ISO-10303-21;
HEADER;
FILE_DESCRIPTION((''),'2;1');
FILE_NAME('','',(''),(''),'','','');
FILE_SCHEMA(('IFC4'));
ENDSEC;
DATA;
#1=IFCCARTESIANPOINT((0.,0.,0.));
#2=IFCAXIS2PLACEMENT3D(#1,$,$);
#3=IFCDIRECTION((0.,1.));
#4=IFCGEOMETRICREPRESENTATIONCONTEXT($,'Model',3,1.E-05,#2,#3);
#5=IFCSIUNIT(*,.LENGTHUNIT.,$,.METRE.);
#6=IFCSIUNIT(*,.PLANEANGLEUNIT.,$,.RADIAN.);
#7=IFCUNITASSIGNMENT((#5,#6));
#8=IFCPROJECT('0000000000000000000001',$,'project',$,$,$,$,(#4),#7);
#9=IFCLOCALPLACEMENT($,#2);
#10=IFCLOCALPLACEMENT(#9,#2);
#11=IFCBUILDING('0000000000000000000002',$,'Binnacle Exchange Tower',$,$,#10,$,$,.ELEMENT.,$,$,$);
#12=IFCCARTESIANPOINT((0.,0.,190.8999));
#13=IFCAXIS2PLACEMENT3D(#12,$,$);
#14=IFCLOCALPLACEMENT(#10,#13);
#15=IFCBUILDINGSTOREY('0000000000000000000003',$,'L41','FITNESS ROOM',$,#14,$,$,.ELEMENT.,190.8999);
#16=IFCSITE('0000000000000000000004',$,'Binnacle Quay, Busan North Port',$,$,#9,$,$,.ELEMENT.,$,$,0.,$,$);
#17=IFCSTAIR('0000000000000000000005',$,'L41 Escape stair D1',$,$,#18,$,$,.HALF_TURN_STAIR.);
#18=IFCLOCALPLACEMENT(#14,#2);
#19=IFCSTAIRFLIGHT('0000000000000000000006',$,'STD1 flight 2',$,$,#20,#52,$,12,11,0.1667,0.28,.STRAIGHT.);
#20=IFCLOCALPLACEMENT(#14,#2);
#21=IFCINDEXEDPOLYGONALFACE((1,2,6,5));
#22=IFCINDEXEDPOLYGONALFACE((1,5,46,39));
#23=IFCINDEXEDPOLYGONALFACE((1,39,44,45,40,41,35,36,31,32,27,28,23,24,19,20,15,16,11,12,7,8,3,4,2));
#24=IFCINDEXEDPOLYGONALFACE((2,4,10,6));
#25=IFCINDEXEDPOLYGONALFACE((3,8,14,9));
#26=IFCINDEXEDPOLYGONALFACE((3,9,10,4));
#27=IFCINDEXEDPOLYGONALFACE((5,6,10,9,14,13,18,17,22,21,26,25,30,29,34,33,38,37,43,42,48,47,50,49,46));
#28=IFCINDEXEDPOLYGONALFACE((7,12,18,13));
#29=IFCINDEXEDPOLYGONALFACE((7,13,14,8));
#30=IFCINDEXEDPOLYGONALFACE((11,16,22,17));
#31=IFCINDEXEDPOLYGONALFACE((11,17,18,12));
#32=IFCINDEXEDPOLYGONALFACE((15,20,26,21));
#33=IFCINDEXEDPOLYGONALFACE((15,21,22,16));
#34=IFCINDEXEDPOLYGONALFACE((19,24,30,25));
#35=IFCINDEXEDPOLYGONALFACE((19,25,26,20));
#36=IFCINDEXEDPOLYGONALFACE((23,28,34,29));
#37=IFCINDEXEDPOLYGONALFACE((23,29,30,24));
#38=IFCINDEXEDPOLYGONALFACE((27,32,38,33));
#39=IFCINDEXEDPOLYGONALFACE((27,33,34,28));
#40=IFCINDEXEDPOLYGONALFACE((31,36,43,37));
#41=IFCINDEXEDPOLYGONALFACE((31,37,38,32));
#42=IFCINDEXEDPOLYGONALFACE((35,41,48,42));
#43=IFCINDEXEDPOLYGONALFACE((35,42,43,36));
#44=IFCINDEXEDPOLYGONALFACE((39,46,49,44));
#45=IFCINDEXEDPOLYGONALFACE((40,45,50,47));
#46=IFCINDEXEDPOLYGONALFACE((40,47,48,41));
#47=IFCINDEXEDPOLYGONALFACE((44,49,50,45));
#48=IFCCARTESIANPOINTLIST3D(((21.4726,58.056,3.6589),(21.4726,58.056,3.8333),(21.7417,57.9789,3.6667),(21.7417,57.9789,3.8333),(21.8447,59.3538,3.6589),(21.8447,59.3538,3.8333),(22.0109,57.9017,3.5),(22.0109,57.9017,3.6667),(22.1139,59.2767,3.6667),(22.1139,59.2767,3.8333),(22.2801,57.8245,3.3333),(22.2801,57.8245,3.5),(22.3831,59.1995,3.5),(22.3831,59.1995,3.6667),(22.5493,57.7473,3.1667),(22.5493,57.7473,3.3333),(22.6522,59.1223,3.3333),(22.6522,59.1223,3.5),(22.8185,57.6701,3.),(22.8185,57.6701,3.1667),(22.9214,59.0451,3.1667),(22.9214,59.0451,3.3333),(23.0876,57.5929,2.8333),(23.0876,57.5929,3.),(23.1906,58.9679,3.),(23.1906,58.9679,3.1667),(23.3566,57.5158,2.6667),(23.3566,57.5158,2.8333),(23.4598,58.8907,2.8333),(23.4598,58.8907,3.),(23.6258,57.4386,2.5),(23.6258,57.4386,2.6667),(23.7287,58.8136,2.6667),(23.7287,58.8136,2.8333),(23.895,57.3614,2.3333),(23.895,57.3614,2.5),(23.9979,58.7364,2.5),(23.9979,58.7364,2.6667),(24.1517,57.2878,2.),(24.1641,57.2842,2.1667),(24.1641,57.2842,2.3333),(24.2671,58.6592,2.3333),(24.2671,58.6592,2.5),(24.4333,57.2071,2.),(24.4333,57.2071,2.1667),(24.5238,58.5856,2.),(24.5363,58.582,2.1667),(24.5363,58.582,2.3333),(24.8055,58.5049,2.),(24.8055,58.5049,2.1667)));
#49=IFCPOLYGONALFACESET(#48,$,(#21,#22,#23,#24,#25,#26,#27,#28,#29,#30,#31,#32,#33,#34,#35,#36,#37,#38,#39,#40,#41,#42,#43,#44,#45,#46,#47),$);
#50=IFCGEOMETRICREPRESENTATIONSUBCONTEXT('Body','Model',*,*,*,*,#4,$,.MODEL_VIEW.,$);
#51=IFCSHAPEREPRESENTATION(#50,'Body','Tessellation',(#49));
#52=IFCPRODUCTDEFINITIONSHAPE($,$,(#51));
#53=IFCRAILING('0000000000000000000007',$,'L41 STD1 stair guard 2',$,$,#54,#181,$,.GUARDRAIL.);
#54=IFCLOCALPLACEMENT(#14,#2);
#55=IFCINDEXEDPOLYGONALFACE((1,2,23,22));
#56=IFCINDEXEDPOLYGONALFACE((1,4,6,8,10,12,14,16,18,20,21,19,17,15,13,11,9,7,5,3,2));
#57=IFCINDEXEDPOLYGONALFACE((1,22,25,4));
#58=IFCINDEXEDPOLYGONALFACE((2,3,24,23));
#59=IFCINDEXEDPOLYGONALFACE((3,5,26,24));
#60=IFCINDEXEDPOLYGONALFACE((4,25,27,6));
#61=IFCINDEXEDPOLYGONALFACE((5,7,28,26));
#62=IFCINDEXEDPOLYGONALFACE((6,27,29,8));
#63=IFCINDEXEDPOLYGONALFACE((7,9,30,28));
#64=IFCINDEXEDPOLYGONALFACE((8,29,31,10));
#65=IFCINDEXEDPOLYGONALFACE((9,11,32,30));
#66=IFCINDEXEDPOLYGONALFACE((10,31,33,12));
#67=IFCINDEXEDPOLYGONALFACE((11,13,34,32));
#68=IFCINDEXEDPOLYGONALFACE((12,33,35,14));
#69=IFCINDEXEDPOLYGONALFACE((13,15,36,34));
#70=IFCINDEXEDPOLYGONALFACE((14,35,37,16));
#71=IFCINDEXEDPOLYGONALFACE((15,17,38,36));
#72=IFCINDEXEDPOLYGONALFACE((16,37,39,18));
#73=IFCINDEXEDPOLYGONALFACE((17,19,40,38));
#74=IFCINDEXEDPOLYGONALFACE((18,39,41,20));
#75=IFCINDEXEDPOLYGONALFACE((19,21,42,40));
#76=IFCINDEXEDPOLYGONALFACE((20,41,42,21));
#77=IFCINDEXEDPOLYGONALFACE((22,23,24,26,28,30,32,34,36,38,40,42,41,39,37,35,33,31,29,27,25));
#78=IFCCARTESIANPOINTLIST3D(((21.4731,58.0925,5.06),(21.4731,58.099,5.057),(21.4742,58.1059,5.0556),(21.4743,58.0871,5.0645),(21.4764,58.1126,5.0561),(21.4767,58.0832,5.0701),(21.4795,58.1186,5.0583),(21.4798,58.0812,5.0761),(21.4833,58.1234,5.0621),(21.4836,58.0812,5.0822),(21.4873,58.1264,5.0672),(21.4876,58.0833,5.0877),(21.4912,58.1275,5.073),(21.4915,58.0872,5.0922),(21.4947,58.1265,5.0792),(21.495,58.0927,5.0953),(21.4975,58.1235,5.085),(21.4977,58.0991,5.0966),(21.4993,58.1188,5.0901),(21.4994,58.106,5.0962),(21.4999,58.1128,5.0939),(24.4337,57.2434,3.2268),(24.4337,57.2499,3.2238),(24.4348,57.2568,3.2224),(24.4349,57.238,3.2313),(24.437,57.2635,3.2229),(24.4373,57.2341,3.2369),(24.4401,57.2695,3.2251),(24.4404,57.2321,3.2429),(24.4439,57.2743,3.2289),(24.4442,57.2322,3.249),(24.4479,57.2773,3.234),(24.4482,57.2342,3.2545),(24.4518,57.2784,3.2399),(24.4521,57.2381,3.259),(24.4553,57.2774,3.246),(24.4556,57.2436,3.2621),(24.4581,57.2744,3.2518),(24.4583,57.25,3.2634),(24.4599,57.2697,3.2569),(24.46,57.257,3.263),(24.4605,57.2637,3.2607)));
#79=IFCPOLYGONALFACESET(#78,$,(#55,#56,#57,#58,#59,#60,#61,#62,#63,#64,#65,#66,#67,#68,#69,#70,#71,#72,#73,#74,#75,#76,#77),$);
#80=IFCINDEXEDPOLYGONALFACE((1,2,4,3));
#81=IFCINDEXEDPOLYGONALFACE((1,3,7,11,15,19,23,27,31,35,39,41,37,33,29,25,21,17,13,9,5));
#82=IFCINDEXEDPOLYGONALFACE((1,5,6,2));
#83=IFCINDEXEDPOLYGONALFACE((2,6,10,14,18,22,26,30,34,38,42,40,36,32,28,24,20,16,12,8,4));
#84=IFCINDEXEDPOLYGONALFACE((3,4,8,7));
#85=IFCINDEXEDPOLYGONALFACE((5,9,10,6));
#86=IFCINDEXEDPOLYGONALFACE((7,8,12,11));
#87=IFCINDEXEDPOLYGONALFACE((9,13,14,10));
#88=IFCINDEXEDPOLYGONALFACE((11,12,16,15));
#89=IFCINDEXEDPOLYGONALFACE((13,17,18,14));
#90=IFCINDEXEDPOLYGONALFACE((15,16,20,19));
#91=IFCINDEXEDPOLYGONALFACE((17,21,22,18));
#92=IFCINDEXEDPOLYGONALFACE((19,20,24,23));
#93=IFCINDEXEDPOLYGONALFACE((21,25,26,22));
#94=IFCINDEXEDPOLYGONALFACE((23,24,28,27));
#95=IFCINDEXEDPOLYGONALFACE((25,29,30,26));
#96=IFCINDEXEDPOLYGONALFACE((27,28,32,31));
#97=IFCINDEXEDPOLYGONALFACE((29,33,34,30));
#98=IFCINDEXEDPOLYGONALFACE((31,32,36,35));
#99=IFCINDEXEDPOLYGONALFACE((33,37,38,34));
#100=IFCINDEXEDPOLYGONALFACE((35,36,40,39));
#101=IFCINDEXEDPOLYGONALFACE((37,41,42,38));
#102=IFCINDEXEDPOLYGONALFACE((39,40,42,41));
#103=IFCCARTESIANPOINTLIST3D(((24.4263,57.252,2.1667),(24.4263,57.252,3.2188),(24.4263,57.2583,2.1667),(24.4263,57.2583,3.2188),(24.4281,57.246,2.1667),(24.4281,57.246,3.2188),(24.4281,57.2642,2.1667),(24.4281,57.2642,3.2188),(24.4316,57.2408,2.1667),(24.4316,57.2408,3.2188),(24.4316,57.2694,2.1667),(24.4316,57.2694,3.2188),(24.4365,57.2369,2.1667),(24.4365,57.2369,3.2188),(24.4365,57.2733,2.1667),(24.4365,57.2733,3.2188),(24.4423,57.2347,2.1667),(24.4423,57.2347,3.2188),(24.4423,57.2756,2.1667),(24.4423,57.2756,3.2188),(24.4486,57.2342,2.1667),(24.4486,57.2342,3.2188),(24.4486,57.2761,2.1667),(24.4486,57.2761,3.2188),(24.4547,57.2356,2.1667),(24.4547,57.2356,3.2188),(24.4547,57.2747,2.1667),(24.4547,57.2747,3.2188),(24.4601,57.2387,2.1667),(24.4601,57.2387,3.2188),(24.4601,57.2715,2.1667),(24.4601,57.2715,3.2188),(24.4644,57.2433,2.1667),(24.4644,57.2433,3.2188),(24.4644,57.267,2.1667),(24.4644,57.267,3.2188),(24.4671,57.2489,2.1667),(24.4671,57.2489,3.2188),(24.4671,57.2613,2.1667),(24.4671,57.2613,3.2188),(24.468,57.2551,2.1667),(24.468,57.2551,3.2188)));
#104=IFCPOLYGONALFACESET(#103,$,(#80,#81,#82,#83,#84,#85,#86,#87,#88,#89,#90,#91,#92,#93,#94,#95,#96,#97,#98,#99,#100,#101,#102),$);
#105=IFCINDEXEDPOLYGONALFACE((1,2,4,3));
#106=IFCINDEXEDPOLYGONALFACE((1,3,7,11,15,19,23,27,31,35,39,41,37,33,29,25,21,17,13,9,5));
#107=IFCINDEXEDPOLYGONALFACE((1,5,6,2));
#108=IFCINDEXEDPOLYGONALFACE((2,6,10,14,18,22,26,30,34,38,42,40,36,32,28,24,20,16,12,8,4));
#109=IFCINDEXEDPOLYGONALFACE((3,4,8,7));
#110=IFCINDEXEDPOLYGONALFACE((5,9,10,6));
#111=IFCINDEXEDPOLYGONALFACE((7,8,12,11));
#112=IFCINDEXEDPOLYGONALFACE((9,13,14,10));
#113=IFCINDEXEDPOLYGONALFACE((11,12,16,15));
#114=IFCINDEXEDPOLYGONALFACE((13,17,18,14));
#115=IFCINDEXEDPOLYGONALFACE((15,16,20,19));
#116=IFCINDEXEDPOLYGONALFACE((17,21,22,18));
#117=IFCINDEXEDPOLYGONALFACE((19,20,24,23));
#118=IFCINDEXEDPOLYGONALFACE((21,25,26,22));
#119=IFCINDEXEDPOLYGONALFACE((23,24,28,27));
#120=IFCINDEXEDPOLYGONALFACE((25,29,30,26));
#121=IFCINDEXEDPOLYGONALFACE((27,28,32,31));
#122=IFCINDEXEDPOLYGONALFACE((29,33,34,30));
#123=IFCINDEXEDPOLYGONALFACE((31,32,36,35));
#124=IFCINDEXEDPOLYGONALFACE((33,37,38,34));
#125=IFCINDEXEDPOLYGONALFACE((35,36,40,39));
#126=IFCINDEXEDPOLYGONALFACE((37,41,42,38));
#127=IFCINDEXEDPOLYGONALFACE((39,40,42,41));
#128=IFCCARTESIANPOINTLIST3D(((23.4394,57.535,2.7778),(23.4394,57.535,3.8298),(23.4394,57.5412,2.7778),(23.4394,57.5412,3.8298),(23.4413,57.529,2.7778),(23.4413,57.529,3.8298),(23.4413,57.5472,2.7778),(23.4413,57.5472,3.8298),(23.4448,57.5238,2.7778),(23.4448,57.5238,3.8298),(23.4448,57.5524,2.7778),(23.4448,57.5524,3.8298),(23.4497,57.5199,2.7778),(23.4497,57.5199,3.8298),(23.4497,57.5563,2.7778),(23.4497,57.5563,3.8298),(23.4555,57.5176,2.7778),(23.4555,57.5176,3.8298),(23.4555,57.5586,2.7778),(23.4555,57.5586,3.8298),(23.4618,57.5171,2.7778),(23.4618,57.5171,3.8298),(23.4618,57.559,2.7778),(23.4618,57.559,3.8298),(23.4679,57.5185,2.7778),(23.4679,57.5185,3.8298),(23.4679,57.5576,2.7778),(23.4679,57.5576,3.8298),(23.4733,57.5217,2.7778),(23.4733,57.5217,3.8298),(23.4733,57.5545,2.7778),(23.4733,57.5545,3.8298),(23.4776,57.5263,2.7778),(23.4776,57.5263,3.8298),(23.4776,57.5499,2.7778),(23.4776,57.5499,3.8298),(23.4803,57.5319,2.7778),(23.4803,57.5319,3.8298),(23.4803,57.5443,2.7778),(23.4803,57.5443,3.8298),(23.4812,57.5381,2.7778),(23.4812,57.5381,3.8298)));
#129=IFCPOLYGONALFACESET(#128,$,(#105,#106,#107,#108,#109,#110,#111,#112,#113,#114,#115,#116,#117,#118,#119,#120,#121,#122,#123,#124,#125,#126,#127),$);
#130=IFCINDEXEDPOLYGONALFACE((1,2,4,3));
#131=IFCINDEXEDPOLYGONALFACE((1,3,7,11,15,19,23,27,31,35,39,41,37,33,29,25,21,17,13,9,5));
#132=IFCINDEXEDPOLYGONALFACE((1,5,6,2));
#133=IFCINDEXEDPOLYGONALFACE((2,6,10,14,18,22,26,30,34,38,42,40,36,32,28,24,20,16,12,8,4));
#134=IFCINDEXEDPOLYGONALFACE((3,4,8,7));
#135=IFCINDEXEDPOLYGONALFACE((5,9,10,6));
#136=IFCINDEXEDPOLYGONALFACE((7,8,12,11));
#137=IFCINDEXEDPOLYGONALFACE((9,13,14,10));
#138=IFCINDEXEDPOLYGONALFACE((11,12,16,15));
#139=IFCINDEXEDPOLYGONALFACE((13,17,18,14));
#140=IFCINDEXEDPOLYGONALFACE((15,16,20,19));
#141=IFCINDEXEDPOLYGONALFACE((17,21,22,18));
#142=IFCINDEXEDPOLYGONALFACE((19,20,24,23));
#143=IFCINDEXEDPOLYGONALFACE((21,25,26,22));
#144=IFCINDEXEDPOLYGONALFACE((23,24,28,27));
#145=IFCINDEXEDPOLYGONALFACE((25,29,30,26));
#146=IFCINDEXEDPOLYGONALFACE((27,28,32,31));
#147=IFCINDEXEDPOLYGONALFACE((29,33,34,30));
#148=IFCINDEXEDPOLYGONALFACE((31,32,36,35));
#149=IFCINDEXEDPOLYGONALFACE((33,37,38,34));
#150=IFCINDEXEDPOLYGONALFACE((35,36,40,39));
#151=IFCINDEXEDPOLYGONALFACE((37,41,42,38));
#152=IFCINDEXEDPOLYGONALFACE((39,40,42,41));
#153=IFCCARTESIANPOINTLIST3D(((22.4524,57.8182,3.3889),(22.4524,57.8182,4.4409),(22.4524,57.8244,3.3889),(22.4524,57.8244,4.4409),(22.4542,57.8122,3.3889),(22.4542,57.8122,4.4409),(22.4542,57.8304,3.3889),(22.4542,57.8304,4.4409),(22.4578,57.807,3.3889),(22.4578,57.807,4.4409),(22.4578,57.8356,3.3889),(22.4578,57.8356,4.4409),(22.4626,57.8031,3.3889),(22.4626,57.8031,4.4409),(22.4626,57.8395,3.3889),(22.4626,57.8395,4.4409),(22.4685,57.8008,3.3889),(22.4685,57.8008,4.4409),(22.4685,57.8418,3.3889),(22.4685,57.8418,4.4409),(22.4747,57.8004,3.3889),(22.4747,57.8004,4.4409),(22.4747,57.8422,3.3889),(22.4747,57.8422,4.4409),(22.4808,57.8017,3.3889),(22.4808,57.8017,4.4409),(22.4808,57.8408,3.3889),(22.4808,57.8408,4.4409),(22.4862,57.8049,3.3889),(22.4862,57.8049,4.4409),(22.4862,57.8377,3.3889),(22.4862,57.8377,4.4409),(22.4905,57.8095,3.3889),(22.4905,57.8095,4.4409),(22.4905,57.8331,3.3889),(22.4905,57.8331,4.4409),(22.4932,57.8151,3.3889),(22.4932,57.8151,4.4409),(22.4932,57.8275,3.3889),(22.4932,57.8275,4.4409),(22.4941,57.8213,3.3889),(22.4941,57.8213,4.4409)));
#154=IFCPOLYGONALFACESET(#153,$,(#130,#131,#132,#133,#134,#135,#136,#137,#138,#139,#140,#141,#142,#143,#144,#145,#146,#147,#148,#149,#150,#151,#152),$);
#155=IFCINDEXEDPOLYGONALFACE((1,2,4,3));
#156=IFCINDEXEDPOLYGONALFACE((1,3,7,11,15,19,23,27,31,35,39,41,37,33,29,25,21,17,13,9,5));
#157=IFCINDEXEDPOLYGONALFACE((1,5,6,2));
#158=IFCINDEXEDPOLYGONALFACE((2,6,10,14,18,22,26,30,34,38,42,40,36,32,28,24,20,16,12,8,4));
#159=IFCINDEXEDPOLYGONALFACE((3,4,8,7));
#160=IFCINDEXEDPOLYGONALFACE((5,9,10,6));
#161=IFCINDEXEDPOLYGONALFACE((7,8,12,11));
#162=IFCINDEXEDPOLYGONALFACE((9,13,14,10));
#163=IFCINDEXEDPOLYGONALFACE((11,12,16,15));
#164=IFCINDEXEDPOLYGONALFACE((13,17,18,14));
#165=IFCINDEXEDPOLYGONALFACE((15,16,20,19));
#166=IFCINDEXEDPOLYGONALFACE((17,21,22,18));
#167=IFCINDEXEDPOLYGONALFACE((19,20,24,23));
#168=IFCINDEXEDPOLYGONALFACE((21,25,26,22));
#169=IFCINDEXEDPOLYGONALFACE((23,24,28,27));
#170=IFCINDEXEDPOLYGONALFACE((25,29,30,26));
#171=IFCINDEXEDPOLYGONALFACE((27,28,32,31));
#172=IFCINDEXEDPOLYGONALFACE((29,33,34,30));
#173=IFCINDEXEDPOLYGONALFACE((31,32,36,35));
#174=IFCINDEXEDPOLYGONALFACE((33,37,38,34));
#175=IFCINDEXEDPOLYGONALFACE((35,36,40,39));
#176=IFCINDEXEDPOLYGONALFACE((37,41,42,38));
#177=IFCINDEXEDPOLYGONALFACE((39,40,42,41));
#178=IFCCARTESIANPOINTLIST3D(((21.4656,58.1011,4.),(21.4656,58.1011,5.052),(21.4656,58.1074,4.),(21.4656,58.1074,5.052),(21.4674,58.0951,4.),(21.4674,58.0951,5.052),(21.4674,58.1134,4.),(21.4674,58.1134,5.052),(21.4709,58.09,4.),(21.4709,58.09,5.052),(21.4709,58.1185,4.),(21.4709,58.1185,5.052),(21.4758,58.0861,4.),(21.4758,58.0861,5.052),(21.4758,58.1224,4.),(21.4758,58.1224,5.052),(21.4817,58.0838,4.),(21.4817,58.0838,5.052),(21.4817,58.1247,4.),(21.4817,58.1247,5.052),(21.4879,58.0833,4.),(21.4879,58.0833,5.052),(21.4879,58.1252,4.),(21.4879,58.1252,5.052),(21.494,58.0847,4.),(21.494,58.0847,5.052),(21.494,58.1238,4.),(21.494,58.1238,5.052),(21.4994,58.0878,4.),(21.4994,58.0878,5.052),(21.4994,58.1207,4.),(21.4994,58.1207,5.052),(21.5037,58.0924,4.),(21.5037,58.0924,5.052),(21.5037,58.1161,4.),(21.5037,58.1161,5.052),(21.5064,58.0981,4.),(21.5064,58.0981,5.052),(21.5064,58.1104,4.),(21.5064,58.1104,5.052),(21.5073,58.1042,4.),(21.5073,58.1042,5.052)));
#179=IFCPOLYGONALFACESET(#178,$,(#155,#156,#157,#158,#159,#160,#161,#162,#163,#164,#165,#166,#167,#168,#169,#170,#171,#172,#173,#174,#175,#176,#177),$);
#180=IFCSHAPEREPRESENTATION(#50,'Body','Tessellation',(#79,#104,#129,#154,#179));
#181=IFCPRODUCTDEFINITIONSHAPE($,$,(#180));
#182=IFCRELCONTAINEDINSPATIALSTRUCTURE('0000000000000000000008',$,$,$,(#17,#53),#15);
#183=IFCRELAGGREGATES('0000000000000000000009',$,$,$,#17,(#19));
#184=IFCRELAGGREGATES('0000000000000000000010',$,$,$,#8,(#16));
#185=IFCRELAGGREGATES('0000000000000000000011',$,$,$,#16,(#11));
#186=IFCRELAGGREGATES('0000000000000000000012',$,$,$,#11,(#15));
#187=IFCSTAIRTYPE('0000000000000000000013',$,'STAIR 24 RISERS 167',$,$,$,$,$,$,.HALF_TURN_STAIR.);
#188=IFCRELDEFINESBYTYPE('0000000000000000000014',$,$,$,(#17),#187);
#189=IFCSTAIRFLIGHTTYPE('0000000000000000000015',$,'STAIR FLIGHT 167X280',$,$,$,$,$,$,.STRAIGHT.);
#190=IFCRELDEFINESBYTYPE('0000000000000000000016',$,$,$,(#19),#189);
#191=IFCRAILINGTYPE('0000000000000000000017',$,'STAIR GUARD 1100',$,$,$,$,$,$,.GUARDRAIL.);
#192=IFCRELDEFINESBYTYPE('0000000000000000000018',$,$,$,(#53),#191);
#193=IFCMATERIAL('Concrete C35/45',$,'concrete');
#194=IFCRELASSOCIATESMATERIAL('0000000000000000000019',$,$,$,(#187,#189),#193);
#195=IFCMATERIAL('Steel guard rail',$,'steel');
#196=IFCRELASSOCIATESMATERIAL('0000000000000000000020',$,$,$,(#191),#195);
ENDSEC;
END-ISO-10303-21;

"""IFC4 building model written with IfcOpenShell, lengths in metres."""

from ifc_helpers import new_model, si_unit, direction, frame, origin, origin_2d, place, context, subcontext, project, spatial, polyline, circle, outline, extrude, material, type_object, element, aggregate, save


model = new_model("IFC4")

# Units and contexts
model_context = context("Model", 3, precision=1e-05, world=origin(), true_north=direction((0.0, 1.0)))
body_context = subcontext(model_context, "Body", "Model", "MODEL_VIEW")
ifc_project = project(units=[si_unit("LENGTHUNIT", "METRE"), si_unit("PLANEANGLEUNIT", "RADIAN")], contexts=[model_context])

# Site, building, storey
site_placement = place(None, origin())
site = spatial("IfcSite", under=ifc_project, at=site_placement, Name="Binnacle Quay, Busan North Port", CompositionType="ELEMENT", RefElevation=0.0)
building_placement = place(site_placement, origin())
building = spatial("IfcBuilding", under=site, at=building_placement, Name="Binnacle Exchange Tower", CompositionType="ELEMENT")
storey_placement = place(building_placement, frame((0.0, 0.0, 190.8999)))
storey = spatial("IfcBuildingStorey", under=building, at=storey_placement, Name="L41", Description="FITNESS ROOM", CompositionType="ELEMENT", Elevation=190.8999)

# Stair, stair flight
ifc_material_1 = material(Name="Concrete C35/45", Category="concrete")
stair_type = type_object("IfcStairType", Name="STAIR 24 RISERS 167", PredefinedType="HALF_TURN_STAIR", material=ifc_material_1)
stair_placement = place(storey_placement, origin())
stair = element("IfcStair", 1, at=stair_placement, inside=storey, type_object=stair_type, Name="L41 Escape stair D1", PredefinedType="HALF_TURN_STAIR")
stair_flight_type = type_object("IfcStairFlightType", Name="STAIR FLIGHT 167X280", PredefinedType="STRAIGHT", material=ifc_material_1)
stair_flight_1_placement = place(storey_placement, frame((24.6194, 57.856, 2.0), z_axis=(0.0, 0.0, 1.0), x_axis=(-0.961262, 0.275637, 0.0)))
stair_flight_1 = element("IfcStairFlight", 2, at=stair_flight_1_placement, type_object=stair_flight_type, Name="STD1 flight 2", NumberOfRisers=12, NumberOfTreads=11, PredefinedType="STRAIGHT", RiserHeight=0.1667, TreadLength=0.28, context=body_context, shape_type="SweptSolid", body=[
    extrude(outline(polyline([(0.0, 0.0), (0.0, 0.1667), (0.28, 0.1667), (0.28, 0.3333), (0.5601, 0.3333), (0.5601, 0.5), (0.8401, 0.5), (0.8401, 0.6667), (1.1201, 0.6667), (1.1201, 0.8333), (1.3999, 0.8333), (1.3999, 1.0), (1.6799, 1.0), (1.6799, 1.1667), (1.96, 1.1667), (1.96, 1.3333), (2.24, 1.3333), (2.24, 1.5), (2.52, 1.5), (2.52, 1.6667), (2.8, 1.6667), (2.8, 1.8333), (3.0801, 1.8333), (3.0801, 2.0), (3.0801, 1.6589), (0.293, 0.0), (0.0, 0.0)])), frame((0.0, 0.675, 0.0), z_axis=(0.0, -1.0, 0.0), x_axis=(1.0, 0.0, 0.0)), (0.0, 0.0, 1.0), 1.3501),
])
aggregate(stair, [stair_flight_1])

# Railing
ifc_material_2 = material(Name="Steel guard rail", Category="steel")
railing_type_1 = type_object("IfcRailingType", Name="STAIR GUARD 1100", PredefinedType="GUARDRAIL", material=ifc_material_2)
railing_1_placement = place(storey_placement, frame((24.447, 57.2551, 2.1667)))
element("IfcRailing", 3, at=railing_1_placement, inside=storey, type_object=railing_type_1, Name="L41 STD1 stair guard 2", PredefinedType="GUARDRAIL", context=body_context, shape_type="SweptSolid", body=[
    extrude(circle(Radius=0.0239, at=origin_2d()), frame((0.0, 0.0, 1.0762), z_axis=(-0.826007, 0.236897, 0.511461), x_axis=(-0.275684, -0.961248, 0.0)), (0.0, 0.0, 1.0), 3.5842),
    extrude(circle(Radius=0.021, at=origin_2d()), origin(), (0.0, 0.0, 1.0), 1.052),
    extrude(circle(Radius=0.021, at=origin_2d()), frame((-0.9868, 0.283, 0.6111)), (0.0, 0.0, 1.0), 1.052),
    extrude(circle(Radius=0.021, at=origin_2d()), frame((-1.9739, 0.5662, 1.2222)), (0.0, 0.0, 1.0), 1.052),
    extrude(circle(Radius=0.021, at=origin_2d()), frame((-2.9607, 0.8491, 1.8333)), (0.0, 0.0, 1.0), 1.052),
])

save(model, "model.ifc")
